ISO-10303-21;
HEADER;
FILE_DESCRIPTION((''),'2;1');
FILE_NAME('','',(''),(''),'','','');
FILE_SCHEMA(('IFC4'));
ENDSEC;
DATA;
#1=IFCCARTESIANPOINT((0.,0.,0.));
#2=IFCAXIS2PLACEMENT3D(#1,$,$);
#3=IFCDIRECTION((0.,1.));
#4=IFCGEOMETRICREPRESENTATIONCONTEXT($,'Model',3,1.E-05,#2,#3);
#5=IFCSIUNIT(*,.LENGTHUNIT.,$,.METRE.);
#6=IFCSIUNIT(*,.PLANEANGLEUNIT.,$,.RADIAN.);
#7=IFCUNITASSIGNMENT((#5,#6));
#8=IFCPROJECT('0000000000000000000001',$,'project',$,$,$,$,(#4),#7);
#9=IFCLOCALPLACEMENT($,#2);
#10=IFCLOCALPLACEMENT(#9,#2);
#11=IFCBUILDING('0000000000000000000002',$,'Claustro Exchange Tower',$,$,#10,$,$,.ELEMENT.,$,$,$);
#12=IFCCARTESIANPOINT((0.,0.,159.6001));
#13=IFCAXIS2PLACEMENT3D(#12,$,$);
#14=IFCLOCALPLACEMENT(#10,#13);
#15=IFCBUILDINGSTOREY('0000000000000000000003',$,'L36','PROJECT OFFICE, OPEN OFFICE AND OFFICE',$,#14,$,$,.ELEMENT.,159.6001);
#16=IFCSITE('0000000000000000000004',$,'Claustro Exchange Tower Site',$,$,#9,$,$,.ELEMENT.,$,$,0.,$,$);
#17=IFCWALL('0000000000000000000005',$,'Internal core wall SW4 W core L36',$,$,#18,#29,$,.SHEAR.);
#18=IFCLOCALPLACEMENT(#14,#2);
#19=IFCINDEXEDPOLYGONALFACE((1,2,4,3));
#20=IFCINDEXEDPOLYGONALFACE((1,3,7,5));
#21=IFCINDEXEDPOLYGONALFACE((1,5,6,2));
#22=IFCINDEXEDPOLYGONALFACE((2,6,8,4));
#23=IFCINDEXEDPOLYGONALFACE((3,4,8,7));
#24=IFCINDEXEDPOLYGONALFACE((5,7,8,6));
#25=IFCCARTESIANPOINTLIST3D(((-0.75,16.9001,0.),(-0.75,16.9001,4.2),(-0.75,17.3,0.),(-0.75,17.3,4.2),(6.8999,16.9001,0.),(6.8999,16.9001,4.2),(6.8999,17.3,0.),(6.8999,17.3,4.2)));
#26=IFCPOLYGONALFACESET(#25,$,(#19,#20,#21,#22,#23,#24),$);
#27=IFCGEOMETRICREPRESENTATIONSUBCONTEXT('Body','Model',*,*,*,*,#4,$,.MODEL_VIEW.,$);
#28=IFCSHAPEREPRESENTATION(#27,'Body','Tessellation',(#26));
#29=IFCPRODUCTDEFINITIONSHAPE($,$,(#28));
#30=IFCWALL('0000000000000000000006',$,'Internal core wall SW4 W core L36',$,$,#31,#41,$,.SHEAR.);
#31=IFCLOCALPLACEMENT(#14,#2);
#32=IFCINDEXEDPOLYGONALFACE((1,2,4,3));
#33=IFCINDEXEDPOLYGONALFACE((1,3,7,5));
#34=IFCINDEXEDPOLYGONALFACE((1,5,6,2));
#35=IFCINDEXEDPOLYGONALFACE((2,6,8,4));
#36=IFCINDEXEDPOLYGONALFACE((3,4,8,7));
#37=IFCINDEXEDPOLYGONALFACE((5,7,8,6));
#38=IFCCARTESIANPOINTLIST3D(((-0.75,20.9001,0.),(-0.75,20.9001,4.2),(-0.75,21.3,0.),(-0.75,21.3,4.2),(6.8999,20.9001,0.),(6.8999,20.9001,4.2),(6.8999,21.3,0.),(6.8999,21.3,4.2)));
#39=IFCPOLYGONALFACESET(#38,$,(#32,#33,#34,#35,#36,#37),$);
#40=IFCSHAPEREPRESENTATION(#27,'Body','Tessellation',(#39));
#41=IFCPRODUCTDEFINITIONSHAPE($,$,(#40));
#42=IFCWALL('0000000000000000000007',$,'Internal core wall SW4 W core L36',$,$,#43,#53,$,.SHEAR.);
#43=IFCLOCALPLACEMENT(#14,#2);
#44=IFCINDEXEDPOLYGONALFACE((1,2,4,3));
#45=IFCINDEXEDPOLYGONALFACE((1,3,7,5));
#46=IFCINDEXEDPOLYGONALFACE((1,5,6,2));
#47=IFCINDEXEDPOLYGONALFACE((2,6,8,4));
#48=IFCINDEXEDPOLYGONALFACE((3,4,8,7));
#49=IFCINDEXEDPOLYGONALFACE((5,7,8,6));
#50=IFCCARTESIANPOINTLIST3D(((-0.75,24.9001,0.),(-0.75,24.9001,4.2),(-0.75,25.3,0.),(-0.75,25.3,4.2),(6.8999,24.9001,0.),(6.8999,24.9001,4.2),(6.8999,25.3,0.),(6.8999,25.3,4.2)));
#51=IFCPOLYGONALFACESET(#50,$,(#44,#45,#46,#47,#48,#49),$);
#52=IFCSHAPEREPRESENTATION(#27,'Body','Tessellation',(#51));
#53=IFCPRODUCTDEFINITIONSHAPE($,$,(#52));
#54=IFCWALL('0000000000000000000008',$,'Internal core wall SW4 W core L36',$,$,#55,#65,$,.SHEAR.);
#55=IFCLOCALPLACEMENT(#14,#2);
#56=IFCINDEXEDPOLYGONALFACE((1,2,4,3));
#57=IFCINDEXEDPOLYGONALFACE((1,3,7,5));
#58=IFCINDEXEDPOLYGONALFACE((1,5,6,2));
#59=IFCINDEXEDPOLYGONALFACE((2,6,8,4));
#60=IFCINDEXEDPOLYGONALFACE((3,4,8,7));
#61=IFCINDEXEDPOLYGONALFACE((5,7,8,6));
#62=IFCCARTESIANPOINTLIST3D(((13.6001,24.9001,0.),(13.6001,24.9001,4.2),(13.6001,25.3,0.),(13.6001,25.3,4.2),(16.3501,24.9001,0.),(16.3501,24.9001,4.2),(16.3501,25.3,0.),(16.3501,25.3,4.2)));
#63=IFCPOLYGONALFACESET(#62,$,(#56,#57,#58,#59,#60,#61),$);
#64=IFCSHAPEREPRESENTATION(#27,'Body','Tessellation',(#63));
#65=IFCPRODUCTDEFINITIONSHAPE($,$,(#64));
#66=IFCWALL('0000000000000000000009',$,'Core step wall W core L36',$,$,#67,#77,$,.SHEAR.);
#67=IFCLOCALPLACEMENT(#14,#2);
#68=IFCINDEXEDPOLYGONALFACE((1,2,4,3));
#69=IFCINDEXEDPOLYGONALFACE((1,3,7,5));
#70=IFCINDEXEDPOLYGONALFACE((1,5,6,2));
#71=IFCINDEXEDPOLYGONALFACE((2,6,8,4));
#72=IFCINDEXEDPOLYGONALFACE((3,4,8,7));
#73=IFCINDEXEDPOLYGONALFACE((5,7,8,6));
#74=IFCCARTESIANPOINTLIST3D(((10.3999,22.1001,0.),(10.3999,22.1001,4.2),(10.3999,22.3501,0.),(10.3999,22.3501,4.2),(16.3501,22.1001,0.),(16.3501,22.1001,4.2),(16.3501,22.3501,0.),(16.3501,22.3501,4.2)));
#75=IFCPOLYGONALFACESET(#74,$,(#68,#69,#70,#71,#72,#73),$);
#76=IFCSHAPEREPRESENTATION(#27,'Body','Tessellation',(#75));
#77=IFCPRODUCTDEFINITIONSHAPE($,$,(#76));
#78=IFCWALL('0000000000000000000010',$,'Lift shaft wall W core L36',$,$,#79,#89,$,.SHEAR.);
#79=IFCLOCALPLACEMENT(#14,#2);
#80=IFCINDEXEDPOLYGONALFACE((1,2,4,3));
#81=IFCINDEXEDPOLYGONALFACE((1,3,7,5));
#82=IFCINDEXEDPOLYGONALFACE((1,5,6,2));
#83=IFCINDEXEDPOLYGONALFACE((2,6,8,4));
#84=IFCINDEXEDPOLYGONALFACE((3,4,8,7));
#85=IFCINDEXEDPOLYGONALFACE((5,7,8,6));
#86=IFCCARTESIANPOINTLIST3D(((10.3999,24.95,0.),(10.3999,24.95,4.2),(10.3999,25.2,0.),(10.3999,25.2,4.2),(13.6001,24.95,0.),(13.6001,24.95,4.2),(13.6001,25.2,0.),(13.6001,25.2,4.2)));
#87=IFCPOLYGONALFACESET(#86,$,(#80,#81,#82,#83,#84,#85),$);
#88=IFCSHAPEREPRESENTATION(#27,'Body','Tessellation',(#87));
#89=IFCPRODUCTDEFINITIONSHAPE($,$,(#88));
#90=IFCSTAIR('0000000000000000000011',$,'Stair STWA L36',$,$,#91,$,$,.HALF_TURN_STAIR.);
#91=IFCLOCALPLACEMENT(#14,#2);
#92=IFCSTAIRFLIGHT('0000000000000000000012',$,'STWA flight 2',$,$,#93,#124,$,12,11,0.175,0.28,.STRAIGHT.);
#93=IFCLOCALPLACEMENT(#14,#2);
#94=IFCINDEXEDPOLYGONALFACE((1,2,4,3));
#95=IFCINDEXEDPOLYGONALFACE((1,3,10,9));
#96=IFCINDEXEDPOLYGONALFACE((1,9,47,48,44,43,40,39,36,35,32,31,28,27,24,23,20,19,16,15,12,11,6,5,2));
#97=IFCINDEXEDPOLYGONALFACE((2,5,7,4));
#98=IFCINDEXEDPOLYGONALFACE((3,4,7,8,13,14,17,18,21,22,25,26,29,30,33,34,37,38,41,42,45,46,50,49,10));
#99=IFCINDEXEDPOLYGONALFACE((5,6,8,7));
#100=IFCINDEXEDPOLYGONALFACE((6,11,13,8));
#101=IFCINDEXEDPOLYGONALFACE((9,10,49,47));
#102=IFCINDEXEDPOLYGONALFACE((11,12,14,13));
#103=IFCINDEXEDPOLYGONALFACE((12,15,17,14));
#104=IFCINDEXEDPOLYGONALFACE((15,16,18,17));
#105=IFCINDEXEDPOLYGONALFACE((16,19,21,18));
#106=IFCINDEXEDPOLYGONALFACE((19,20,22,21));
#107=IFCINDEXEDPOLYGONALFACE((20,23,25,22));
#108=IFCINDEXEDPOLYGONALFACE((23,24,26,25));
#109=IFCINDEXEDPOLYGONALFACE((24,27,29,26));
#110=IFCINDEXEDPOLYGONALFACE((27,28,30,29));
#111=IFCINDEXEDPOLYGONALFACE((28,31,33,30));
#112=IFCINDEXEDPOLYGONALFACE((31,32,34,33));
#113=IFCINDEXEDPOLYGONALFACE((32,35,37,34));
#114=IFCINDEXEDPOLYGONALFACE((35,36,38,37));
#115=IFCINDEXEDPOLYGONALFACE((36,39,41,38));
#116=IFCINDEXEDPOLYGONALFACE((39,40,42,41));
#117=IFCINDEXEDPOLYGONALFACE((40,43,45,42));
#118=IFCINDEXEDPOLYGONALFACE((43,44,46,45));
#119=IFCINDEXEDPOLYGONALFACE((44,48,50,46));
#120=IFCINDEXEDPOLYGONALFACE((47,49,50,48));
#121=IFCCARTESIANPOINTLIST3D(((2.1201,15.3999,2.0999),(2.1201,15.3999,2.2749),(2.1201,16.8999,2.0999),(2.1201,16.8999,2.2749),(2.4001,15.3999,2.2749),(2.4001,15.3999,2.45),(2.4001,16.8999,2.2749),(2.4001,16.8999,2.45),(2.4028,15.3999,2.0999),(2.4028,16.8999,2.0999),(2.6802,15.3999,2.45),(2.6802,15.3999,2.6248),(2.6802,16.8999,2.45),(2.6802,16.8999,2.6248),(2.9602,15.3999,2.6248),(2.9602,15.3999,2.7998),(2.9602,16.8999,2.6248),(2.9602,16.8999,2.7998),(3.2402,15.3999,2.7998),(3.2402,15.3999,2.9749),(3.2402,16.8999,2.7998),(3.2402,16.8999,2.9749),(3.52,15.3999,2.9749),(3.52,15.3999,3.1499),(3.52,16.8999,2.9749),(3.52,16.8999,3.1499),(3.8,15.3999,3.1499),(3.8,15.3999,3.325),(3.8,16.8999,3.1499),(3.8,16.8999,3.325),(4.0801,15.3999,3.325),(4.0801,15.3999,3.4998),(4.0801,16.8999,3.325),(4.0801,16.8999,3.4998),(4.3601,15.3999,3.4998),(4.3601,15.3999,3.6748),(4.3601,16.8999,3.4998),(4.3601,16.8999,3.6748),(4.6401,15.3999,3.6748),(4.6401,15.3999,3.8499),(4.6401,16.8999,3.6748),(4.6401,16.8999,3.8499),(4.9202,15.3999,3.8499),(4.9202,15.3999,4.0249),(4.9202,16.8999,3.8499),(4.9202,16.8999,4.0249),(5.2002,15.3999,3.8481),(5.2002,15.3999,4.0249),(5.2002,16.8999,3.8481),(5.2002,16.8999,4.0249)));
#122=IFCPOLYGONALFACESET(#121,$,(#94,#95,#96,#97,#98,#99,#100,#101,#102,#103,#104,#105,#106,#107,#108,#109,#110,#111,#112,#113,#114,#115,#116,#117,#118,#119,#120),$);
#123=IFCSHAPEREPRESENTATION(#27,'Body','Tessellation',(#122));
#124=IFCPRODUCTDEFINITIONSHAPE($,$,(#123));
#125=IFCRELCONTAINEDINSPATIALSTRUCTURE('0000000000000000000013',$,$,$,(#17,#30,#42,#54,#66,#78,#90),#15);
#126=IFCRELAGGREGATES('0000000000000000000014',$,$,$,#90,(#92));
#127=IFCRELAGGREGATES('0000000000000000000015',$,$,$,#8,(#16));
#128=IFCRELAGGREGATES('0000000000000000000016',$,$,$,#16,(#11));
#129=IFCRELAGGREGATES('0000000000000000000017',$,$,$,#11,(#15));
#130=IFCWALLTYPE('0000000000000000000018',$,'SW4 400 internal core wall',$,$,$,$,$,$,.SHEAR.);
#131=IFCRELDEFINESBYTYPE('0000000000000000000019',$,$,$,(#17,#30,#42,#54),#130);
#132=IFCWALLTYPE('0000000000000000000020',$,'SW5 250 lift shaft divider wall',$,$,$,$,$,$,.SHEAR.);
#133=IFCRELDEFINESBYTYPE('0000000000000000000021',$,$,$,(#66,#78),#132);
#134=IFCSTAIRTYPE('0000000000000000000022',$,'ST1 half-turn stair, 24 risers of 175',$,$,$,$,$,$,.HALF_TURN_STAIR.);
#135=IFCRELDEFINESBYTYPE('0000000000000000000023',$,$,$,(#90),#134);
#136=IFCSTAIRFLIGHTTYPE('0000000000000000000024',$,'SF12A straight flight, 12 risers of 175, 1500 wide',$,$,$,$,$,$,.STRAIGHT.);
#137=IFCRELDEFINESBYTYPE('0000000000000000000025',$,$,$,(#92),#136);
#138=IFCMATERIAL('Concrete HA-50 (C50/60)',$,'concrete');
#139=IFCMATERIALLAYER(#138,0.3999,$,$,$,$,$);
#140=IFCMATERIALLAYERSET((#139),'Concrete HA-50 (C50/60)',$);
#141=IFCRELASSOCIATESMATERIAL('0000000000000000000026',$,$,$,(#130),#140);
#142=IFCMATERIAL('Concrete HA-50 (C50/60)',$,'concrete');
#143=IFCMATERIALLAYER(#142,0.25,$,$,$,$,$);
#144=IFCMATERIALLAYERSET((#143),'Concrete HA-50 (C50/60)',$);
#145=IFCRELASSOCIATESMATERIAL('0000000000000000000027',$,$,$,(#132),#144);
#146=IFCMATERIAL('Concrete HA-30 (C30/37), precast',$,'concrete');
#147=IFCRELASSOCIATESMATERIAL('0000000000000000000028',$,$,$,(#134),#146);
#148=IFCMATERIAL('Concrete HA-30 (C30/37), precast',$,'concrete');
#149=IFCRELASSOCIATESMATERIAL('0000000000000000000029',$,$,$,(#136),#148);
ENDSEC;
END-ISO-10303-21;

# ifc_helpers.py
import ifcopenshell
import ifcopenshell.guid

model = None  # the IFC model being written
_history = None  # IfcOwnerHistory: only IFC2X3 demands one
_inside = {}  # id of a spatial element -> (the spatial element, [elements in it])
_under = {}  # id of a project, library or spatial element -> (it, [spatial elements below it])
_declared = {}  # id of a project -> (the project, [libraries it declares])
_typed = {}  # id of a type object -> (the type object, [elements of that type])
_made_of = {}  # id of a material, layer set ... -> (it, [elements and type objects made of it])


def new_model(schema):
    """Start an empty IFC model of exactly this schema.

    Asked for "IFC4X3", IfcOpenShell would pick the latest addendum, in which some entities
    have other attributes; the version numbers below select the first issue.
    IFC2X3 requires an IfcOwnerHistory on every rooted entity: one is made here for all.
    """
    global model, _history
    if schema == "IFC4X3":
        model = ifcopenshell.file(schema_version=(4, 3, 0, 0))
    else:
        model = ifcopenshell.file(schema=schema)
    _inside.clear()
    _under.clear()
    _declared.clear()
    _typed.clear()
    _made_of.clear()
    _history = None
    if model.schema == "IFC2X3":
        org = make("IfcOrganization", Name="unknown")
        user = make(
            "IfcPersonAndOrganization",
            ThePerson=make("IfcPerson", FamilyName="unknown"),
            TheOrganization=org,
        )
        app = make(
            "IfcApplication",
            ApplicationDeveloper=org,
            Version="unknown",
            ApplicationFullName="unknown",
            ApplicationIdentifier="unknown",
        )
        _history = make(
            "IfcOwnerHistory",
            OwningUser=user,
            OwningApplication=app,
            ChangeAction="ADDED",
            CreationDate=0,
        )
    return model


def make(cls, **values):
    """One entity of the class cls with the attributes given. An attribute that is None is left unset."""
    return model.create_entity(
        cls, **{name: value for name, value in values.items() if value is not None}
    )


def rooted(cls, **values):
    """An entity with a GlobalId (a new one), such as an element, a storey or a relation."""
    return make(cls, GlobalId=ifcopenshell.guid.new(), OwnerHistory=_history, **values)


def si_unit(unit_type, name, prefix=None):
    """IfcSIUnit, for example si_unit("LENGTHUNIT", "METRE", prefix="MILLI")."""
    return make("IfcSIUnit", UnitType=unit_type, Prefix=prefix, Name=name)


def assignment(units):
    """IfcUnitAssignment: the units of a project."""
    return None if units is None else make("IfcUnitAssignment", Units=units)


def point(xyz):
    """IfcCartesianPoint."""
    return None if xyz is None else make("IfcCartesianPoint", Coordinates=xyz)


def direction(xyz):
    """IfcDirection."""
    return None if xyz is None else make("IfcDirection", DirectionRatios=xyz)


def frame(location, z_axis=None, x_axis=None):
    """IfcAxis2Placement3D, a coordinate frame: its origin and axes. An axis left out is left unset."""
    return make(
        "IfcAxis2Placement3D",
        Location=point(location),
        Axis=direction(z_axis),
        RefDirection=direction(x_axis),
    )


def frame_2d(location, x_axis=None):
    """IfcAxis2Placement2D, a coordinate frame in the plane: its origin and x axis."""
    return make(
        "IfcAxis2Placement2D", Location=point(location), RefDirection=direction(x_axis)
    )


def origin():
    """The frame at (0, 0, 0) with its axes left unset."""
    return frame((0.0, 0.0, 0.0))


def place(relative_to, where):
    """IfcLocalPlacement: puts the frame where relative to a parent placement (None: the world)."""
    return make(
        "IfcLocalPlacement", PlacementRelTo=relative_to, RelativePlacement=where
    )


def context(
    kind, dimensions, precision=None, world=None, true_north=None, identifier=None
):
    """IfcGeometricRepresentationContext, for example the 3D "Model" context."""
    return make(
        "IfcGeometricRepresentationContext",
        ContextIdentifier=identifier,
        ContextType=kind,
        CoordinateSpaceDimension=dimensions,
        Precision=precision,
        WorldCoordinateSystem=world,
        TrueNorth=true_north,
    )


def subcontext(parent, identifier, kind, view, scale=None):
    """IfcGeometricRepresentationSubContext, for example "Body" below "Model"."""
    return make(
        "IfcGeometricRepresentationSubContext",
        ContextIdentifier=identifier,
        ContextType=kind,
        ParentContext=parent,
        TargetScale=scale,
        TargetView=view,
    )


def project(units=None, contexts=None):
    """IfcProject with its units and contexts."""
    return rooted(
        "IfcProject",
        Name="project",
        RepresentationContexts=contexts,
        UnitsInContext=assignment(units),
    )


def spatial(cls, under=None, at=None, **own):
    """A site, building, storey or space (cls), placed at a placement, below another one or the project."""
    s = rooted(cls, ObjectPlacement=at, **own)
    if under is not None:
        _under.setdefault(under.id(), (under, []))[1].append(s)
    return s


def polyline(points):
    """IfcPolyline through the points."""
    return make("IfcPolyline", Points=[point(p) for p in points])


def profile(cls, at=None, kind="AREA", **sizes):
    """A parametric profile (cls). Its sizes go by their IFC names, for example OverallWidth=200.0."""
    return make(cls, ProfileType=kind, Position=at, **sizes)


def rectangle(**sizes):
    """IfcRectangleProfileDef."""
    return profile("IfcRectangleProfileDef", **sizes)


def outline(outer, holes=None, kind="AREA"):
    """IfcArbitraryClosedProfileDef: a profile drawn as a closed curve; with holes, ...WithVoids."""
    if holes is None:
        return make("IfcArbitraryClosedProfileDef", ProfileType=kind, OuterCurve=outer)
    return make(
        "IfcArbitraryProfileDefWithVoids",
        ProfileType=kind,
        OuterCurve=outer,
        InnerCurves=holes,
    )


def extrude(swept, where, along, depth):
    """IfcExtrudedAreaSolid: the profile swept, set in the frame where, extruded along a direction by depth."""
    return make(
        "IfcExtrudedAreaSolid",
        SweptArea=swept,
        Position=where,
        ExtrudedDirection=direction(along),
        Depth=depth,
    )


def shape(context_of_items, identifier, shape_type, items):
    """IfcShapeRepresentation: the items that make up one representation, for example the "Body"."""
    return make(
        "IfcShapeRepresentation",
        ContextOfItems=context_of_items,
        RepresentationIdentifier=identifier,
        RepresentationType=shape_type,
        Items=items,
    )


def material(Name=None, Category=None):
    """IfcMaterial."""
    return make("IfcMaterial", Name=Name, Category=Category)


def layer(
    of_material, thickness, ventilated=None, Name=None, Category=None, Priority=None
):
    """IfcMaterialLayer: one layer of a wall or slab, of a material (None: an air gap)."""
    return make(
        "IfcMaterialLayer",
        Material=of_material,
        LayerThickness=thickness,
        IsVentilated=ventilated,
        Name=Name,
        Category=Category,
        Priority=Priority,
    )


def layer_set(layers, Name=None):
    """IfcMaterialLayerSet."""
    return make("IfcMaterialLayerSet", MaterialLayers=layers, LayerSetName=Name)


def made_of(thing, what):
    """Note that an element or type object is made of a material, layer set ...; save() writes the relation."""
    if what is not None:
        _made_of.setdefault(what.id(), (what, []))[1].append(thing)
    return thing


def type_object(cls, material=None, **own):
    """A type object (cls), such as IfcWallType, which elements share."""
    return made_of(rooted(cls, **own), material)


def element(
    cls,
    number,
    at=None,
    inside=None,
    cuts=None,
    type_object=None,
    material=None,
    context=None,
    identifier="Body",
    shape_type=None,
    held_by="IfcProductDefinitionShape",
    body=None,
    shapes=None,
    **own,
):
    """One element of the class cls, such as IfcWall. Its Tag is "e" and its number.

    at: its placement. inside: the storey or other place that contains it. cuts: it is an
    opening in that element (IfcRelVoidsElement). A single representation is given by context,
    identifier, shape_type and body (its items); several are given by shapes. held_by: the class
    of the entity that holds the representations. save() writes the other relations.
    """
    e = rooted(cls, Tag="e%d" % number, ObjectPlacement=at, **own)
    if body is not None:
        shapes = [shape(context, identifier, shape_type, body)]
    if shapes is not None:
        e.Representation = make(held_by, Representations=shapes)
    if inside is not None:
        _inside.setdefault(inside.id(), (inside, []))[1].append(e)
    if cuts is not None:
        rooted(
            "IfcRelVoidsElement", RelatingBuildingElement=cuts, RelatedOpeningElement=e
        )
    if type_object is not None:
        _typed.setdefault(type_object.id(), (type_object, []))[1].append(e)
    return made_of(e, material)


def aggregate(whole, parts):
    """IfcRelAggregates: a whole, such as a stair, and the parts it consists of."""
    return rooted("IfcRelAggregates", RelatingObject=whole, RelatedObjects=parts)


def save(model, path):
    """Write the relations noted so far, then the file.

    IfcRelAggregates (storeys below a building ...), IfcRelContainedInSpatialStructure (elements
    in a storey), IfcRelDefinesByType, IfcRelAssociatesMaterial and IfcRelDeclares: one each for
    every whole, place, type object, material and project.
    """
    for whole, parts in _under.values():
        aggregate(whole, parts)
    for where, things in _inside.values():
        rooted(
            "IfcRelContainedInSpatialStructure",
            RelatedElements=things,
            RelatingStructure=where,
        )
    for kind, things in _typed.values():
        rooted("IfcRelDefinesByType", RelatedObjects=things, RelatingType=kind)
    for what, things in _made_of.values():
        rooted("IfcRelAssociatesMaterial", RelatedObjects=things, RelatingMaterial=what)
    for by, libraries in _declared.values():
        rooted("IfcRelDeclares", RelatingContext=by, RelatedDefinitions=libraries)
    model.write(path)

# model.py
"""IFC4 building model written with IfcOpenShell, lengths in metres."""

from ifc_helpers import new_model, si_unit, direction, frame, frame_2d, origin, place, context, subcontext, project, spatial, polyline, rectangle, outline, extrude, material, layer, layer_set, type_object, element, aggregate, save


model = new_model("IFC4")

# Units and contexts
model_context = context("Model", 3, precision=1e-05, world=origin(), true_north=direction((0.0, 1.0)))
body_context = subcontext(model_context, "Body", "Model", "MODEL_VIEW")
ifc_project = project(units=[si_unit("LENGTHUNIT", "METRE"), si_unit("PLANEANGLEUNIT", "RADIAN")], contexts=[model_context])

# Site, building, storey
site_placement = place(None, origin())
site = spatial("IfcSite", under=ifc_project, at=site_placement, Name="Claustro Exchange Tower Site", CompositionType="ELEMENT", RefElevation=0.0)
building_placement = place(site_placement, origin())
building = spatial("IfcBuilding", under=site, at=building_placement, Name="Claustro Exchange Tower", CompositionType="ELEMENT")
storey_placement = place(building_placement, frame((0.0, 0.0, 159.6001)))
storey = spatial("IfcBuildingStorey", under=building, at=storey_placement, Name="L36", Description="PROJECT OFFICE, OPEN OFFICE AND OFFICE", CompositionType="ELEMENT", Elevation=159.6001)

# Walls
ifc_material_1 = material(Name="Concrete HA-50 (C50/60)", Category="concrete")
ifc_layer_1 = layer(ifc_material_1, 0.3999)
ifc_layer_set_1 = layer_set([ifc_layer_1], Name="Concrete HA-50 (C50/60)")
wall_type_1 = type_object("IfcWallType", Name="SW4 400 internal core wall", PredefinedType="SHEAR", material=ifc_layer_set_1)
for number, where, z_axis, x_axis, name in (
    (1, (-0.75, 17.1001, 0.0), (0.0, 0.0, 1.0), (1.0, 0.0, 0.0), "Internal core wall SW4 W core L36"),
    (2, (-0.75, 21.1001, 0.0), (0.0, 0.0, 1.0), (1.0, 0.0, 0.0), "Internal core wall SW4 W core L36"),
    (3, (-0.75, 25.1001, 0.0), (0.0, 0.0, 1.0), (1.0, 0.0, 0.0), "Internal core wall SW4 W core L36"),
):
    element("IfcWall", number, at=place(storey_placement, frame(where, z_axis=z_axis, x_axis=x_axis)), inside=storey, type_object=wall_type_1, Name=name, PredefinedType="SHEAR", context=body_context, shape_type="SweptSolid", body=[
        extrude(rectangle(XDim=7.6499, YDim=0.3999, at=frame_2d((3.825, 0.0))), origin(), (0.0, 0.0, 1.0), 4.2),
    ])
wall_1_placement = place(storey_placement, frame((13.6001, 25.1001, 0.0), z_axis=(0.0, 0.0, 1.0), x_axis=(1.0, 0.0, 0.0)))
element("IfcWall", 4, at=wall_1_placement, inside=storey, type_object=wall_type_1, Name="Internal core wall SW4 W core L36", PredefinedType="SHEAR", context=body_context, shape_type="SweptSolid", body=[
    extrude(rectangle(XDim=2.75, YDim=0.3999, at=frame_2d((1.375, 0.0))), origin(), (0.0, 0.0, 1.0), 4.2),
])
ifc_material_2 = material(Name="Concrete HA-50 (C50/60)", Category="concrete")
ifc_layer_2 = layer(ifc_material_2, 0.25)
ifc_layer_set_2 = layer_set([ifc_layer_2], Name="Concrete HA-50 (C50/60)")
wall_type_2 = type_object("IfcWallType", Name="SW5 250 lift shaft divider wall", PredefinedType="SHEAR", material=ifc_layer_set_2)
wall_2_placement = place(storey_placement, frame((10.3999, 22.2251, 0.0), z_axis=(0.0, 0.0, 1.0), x_axis=(1.0, 0.0, 0.0)))
element("IfcWall", 5, at=wall_2_placement, inside=storey, type_object=wall_type_2, Name="Core step wall W core L36", PredefinedType="SHEAR", context=body_context, shape_type="SweptSolid", body=[
    extrude(rectangle(XDim=5.9502, YDim=0.25, at=frame_2d((2.9751, 0.0))), origin(), (0.0, 0.0, 1.0), 4.2),
])
wall_3_placement = place(storey_placement, frame((10.3999, 25.075, 0.0), z_axis=(0.0, 0.0, 1.0), x_axis=(1.0, 0.0, 0.0)))
element("IfcWall", 6, at=wall_3_placement, inside=storey, type_object=wall_type_2, Name="Lift shaft wall W core L36", PredefinedType="SHEAR", context=body_context, shape_type="SweptSolid", body=[
    extrude(rectangle(XDim=3.2002, YDim=0.25, at=frame_2d((1.6001, 0.0))), origin(), (0.0, 0.0, 1.0), 4.2),
])

# Stair, stair flight
ifc_material_3 = material(Name="Concrete HA-30 (C30/37), precast", Category="concrete")
stair_type = type_object("IfcStairType", Name="ST1 half-turn stair, 24 risers of 175", PredefinedType="HALF_TURN_STAIR", material=ifc_material_3)
stair_placement = place(storey_placement, origin())
stair = element("IfcStair", 7, at=stair_placement, inside=storey, type_object=stair_type, Name="Stair STWA L36", PredefinedType="HALF_TURN_STAIR")
ifc_material_4 = material(Name="Concrete HA-30 (C30/37), precast", Category="concrete")
stair_flight_type = type_object("IfcStairFlightType", Name="SF12A straight flight, 12 risers of 175, 1500 wide", PredefinedType="STRAIGHT", material=ifc_material_4)
stair_flight_placement = place(storey_placement, frame((2.1201, 16.1499, 2.0999), z_axis=(0.0, 0.0, 1.0), x_axis=(1.0, 0.0, 0.0)))
stair_flight = element("IfcStairFlight", 8, at=stair_flight_placement, type_object=stair_flight_type, Name="STWA flight 2", NumberOfRisers=12, NumberOfTreads=11, PredefinedType="STRAIGHT", RiserHeight=0.175, TreadLength=0.28, context=body_context, shape_type="SweptSolid", body=[
    extrude(outline(polyline([(0.0, 0.0), (0.0, 0.175), (0.28, 0.175), (0.28, 0.3501), (0.5601, 0.3501), (0.5601, 0.5249), (0.8401, 0.5249), (0.8401, 0.7), (1.1201, 0.7), (1.1201, 0.875), (1.3999, 0.875), (1.3999, 1.05), (1.6799, 1.05), (1.6799, 1.2251), (1.96, 1.2251), (1.96, 1.3999), (2.24, 1.3999), (2.24, 1.575), (2.52, 1.575), (2.52, 1.75), (2.8, 1.75), (2.8, 1.925), (3.0801, 1.925), (3.0801, 2.1001), (3.0801, 1.7483), (0.2827, 0.0), (0.0, 0.0)])), frame((0.0, 0.75, 0.0), z_axis=(0.0, -1.0, 0.0), x_axis=(1.0, 0.0, 0.0)), (0.0, 0.0, 1.0), 1.5),
])
aggregate(stair, [stair_flight])

save(model, "model.ifc")
